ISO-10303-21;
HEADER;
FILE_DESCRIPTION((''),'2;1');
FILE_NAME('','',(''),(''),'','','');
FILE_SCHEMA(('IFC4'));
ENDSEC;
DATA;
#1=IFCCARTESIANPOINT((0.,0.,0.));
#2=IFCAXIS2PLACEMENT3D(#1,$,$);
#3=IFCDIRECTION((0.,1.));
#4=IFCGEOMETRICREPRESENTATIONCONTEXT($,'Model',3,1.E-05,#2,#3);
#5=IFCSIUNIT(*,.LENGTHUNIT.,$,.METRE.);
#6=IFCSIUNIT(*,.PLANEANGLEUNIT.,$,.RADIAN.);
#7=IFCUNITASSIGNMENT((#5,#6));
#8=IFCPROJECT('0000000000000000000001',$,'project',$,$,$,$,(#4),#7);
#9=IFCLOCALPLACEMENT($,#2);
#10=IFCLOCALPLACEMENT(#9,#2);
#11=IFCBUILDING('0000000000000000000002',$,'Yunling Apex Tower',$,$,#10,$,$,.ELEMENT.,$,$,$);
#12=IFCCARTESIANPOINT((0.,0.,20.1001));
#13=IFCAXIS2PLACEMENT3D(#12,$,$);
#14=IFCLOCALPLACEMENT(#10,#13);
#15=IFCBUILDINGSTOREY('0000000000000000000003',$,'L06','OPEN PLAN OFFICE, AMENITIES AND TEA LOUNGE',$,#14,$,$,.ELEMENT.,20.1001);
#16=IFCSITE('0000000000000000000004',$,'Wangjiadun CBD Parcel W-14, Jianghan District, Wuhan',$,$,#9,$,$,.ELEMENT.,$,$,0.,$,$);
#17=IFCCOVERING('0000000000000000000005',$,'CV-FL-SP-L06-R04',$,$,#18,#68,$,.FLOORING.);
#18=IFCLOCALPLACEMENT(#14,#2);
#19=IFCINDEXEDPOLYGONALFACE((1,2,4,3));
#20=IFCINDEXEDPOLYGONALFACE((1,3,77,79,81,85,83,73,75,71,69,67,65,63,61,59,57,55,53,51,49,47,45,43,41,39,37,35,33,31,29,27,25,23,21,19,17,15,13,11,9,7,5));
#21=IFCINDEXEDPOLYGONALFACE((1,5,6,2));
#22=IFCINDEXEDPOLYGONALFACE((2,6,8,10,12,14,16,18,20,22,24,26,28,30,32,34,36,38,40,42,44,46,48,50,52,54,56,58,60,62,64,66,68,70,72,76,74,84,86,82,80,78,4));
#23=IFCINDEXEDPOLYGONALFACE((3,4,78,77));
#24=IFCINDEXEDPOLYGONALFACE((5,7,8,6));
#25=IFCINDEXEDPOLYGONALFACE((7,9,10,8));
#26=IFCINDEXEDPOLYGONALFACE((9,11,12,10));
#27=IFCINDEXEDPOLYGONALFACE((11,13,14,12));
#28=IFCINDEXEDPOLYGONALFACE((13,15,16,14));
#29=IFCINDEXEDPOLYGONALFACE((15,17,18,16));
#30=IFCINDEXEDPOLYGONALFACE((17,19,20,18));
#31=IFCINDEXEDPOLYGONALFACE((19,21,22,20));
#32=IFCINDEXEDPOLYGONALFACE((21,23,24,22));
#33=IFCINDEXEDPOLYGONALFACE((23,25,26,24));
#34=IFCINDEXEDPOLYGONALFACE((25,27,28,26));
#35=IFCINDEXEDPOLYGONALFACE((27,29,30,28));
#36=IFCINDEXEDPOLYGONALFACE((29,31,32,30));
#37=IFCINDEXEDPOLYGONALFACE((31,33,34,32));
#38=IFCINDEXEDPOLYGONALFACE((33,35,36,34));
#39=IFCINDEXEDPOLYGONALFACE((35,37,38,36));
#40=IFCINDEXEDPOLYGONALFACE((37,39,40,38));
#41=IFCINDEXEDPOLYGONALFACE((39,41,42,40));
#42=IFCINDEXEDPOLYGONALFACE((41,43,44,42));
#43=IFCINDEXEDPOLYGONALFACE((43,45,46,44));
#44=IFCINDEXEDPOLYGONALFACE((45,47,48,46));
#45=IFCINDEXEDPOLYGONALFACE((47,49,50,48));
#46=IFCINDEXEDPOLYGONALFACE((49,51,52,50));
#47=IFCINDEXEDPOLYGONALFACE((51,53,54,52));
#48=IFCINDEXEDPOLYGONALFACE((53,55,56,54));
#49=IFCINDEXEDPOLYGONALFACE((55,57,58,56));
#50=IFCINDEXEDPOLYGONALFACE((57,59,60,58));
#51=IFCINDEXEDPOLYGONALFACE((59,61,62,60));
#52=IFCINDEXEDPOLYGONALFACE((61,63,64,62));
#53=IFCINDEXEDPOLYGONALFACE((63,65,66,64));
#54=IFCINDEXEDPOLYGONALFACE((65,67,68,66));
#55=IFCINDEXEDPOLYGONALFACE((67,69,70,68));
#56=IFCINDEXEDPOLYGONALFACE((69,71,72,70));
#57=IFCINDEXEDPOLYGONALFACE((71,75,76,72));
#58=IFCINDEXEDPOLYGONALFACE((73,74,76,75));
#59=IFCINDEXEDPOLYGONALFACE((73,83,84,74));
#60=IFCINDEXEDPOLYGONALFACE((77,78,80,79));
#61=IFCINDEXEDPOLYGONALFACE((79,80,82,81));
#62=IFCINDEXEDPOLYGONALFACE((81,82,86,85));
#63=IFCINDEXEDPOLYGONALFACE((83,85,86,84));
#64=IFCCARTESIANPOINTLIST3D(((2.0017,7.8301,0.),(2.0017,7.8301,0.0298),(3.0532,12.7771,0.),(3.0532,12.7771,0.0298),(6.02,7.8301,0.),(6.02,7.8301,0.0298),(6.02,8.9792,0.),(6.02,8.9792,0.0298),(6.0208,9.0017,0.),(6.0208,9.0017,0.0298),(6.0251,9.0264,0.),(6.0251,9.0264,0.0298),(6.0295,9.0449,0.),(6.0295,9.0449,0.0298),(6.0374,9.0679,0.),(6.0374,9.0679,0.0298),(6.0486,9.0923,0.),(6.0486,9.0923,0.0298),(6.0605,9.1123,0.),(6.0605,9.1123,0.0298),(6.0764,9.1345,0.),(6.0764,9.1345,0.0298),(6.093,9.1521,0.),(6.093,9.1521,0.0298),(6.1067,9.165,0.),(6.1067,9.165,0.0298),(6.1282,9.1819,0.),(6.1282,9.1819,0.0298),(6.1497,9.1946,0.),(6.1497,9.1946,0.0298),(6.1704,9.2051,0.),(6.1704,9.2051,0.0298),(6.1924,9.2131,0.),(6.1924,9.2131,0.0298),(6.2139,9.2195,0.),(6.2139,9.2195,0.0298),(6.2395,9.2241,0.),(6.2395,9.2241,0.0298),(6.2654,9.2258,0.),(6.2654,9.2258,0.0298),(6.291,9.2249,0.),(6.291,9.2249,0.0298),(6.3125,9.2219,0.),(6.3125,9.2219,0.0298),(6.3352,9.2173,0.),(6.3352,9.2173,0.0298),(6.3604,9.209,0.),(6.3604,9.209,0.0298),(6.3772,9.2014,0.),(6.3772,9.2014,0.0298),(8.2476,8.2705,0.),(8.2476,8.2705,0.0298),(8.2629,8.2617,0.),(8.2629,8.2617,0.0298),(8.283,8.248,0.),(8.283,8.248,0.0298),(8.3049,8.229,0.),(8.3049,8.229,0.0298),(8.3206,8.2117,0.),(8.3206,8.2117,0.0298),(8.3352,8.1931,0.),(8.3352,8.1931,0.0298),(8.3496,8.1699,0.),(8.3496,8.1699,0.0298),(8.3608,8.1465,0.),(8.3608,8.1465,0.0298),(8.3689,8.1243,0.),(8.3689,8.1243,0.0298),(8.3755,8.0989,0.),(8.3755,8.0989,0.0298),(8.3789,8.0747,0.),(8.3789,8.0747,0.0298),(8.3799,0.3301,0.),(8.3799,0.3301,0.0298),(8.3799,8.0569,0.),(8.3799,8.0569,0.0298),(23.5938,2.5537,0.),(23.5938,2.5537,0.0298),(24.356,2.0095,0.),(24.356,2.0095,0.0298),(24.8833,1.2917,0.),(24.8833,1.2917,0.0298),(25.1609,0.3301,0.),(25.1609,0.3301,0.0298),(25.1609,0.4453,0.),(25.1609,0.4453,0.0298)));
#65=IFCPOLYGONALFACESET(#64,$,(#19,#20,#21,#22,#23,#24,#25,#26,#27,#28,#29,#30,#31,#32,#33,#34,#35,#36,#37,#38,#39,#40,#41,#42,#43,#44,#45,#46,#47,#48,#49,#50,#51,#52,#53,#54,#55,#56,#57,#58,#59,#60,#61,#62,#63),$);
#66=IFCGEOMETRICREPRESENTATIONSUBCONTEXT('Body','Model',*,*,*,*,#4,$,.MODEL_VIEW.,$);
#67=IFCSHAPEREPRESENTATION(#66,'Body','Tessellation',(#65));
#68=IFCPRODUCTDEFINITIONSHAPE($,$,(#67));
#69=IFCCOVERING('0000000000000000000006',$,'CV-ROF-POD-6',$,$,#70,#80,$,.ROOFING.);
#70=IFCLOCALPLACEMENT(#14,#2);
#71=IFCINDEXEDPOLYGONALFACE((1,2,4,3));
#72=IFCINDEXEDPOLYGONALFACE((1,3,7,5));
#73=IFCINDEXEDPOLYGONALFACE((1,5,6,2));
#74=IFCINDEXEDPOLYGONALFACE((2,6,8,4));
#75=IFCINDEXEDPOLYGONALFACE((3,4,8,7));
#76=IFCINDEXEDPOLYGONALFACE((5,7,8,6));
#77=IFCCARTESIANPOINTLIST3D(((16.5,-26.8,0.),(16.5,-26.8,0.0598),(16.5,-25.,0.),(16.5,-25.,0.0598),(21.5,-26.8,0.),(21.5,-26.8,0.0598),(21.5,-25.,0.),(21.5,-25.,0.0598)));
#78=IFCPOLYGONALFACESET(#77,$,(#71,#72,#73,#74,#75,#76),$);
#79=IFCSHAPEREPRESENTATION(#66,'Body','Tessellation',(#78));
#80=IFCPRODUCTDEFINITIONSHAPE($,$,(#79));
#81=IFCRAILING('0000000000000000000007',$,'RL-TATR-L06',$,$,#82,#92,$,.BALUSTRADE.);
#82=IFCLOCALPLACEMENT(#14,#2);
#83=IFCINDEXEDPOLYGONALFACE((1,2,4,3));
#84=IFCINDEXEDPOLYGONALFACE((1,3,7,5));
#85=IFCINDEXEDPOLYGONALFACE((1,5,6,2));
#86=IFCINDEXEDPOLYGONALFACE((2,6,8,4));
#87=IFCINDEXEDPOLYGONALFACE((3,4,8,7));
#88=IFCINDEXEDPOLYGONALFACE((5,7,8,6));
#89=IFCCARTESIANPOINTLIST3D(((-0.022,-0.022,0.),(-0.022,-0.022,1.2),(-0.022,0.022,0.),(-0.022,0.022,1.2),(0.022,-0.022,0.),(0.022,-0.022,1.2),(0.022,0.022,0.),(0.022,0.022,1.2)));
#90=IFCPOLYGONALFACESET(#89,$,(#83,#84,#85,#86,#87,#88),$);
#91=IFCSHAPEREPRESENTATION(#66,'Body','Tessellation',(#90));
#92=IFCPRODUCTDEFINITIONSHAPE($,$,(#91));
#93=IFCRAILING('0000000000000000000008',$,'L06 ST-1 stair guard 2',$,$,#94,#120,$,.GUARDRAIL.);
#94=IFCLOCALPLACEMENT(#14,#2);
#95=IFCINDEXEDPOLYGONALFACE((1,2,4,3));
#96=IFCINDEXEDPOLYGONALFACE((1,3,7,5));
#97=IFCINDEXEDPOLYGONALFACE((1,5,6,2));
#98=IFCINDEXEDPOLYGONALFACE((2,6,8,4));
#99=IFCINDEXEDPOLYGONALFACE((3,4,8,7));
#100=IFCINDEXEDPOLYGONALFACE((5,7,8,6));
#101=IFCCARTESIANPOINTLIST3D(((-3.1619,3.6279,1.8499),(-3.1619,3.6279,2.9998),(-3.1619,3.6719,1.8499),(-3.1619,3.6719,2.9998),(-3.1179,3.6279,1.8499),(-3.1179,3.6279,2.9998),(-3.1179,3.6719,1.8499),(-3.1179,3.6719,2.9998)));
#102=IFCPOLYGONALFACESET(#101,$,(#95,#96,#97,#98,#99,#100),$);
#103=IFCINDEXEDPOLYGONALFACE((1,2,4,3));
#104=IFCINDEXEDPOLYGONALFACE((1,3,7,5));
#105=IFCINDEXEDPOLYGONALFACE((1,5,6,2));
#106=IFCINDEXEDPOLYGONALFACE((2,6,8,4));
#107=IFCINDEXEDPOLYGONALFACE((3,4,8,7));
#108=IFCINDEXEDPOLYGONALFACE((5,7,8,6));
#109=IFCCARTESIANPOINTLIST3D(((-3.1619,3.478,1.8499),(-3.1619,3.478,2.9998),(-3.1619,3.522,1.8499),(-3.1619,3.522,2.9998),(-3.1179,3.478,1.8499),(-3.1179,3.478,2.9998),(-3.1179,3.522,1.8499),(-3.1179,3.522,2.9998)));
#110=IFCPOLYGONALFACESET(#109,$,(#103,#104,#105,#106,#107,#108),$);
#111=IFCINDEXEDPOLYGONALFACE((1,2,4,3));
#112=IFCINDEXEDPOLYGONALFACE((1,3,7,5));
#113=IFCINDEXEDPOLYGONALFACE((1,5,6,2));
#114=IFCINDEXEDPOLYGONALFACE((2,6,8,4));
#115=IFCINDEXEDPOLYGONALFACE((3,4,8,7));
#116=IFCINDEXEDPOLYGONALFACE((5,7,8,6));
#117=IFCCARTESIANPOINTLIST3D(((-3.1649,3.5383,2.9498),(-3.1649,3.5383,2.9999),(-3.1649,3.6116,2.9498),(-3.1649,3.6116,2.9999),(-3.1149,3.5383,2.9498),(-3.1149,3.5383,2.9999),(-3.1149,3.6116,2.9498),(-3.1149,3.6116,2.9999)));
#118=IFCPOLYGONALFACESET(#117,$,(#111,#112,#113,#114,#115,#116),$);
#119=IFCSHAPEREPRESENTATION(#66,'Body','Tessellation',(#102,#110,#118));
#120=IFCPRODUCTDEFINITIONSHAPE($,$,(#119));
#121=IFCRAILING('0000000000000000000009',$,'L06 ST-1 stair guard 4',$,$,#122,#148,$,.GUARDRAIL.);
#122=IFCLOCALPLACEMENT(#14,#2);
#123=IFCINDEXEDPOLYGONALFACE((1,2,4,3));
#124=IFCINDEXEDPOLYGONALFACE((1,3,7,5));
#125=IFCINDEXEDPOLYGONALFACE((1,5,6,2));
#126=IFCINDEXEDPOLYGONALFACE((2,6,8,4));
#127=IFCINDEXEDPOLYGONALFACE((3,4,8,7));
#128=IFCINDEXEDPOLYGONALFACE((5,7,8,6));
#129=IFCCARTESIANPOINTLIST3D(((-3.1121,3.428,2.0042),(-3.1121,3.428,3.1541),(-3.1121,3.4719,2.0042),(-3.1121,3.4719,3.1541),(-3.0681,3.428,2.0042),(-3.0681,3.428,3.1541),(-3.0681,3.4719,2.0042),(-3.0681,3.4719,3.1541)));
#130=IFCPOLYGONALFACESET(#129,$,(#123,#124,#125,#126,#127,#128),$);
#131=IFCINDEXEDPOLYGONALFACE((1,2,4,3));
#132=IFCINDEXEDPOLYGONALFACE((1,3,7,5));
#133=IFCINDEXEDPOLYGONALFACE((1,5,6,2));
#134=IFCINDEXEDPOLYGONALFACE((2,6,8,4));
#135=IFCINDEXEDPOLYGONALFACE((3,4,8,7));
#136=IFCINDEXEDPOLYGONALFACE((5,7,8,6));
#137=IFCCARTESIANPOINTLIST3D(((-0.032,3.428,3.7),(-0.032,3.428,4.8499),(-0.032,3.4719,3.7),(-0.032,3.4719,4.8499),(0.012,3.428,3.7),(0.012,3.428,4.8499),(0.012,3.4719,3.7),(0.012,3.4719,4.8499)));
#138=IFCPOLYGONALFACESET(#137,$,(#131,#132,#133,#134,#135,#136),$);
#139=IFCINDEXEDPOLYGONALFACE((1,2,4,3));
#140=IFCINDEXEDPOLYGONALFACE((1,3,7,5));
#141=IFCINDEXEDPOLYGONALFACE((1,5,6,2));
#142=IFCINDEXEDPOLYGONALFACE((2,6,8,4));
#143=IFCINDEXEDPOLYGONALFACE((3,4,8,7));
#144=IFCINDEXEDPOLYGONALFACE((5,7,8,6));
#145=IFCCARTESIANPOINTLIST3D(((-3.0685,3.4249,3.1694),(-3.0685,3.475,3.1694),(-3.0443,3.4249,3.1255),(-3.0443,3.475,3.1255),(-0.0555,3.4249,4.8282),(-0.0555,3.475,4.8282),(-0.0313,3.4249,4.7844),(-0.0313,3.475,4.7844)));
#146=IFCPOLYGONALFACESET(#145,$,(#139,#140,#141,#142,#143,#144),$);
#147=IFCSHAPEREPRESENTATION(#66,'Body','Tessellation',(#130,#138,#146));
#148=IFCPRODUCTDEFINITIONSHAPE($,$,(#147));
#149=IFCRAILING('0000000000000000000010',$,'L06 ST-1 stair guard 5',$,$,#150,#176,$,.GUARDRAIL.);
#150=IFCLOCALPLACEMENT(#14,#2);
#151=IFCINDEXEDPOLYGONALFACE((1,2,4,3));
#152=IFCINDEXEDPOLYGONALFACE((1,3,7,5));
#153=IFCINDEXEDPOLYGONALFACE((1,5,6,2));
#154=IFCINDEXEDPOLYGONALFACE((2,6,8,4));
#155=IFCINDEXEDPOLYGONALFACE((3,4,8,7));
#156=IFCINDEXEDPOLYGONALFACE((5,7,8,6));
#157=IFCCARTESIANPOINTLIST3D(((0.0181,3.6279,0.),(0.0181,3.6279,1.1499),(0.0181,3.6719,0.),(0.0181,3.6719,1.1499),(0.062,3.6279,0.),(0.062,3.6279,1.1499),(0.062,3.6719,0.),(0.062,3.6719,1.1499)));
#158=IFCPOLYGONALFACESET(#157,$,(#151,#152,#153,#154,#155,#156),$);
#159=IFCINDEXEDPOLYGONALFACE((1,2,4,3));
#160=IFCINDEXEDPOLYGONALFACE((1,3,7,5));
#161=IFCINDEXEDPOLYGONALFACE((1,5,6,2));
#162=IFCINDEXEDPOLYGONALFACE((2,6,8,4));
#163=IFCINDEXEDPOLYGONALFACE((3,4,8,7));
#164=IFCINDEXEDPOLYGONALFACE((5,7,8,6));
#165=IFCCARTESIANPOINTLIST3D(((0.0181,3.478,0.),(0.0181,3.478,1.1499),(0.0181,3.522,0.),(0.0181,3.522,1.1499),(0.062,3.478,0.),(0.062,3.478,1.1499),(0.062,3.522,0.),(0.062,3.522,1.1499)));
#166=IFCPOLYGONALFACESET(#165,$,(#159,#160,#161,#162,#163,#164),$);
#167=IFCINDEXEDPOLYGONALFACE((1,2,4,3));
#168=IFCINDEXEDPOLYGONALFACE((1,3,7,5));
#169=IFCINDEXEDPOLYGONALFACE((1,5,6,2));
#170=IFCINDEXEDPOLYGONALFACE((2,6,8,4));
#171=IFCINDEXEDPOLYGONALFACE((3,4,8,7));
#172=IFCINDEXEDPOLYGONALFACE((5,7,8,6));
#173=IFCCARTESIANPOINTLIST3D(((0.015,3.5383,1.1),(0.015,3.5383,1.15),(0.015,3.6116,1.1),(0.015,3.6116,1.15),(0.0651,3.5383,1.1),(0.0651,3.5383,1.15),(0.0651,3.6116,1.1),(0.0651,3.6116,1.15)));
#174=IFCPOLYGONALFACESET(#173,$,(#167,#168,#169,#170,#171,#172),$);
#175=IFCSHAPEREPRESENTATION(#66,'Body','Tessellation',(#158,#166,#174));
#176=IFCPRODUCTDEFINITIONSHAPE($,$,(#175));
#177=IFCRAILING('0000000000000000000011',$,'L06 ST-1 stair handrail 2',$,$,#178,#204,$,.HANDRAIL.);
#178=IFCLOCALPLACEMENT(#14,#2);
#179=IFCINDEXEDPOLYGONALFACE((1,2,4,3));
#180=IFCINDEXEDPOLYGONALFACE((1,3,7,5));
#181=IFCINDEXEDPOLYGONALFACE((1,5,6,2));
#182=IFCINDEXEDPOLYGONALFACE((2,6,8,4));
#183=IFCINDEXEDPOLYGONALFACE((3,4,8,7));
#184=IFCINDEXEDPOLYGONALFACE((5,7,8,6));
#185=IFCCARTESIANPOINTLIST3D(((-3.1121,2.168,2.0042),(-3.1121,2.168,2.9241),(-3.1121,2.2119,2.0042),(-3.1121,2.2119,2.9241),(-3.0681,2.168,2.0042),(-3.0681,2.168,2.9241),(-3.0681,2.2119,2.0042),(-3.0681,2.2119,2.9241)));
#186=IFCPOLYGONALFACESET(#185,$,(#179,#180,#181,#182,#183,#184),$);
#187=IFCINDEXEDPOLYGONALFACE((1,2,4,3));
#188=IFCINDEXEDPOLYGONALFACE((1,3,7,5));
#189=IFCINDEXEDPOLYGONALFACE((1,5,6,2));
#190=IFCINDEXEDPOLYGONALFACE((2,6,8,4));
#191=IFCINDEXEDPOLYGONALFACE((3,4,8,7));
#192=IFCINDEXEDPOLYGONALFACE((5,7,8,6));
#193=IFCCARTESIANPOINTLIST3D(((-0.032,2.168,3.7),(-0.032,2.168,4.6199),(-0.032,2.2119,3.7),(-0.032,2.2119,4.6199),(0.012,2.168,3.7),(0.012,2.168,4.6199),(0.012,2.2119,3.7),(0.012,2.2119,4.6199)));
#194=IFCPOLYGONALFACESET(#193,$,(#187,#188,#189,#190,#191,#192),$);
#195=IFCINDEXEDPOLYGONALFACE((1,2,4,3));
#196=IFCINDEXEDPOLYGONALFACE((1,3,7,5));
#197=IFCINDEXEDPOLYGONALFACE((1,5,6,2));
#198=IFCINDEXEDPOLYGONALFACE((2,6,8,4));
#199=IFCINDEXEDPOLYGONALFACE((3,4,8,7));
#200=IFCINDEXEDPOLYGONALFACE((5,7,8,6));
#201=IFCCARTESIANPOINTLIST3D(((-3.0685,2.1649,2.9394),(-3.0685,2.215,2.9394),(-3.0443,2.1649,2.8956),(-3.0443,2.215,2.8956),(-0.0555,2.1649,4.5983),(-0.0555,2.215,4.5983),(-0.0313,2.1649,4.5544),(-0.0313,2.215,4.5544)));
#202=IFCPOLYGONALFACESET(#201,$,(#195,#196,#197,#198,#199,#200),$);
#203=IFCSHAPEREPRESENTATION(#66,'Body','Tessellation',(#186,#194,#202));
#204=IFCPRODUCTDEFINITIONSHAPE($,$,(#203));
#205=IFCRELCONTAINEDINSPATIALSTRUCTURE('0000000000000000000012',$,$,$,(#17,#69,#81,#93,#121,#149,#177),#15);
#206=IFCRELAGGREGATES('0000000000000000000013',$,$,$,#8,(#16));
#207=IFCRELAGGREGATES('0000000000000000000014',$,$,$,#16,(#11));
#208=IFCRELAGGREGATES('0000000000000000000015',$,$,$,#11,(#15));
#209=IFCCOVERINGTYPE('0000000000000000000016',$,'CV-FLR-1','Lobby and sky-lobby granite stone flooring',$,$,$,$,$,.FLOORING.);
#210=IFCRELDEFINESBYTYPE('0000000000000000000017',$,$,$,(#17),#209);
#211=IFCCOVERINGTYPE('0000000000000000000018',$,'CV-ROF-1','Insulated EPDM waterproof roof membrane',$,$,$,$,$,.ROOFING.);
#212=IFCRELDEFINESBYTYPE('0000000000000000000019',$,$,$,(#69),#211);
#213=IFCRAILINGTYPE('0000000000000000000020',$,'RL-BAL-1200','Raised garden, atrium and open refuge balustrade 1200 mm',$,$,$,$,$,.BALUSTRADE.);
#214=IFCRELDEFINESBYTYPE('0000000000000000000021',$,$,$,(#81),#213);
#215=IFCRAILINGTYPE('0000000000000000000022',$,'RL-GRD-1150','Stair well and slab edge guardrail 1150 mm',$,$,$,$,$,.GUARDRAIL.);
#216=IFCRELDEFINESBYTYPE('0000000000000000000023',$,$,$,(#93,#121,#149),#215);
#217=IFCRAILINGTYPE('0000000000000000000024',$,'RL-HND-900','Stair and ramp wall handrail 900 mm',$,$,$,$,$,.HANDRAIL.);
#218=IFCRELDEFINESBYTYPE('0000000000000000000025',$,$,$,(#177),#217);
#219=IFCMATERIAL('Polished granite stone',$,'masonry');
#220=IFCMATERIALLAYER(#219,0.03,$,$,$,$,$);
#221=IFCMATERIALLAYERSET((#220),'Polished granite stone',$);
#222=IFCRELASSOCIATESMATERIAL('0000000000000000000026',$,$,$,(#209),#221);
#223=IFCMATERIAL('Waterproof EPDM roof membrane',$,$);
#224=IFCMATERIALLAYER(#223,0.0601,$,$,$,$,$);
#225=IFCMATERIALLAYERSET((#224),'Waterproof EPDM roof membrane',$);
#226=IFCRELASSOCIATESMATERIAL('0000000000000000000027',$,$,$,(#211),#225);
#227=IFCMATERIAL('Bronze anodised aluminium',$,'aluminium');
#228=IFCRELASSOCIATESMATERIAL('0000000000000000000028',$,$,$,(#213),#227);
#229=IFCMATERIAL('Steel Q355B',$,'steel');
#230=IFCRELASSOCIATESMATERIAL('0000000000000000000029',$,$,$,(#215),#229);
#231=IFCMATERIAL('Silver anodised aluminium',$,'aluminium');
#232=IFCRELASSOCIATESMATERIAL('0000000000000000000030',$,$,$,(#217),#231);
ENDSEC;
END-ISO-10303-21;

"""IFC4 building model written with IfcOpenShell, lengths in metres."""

from ifc_helpers import new_model, si_unit, direction, frame, origin, origin_2d, place, context, subcontext, project, spatial, polyline, rectangle, outline, extrude, material, layer, layer_set, type_object, element, save


model = new_model("IFC4")

# Units and contexts
model_context = context("Model", 3, precision=1e-05, world=origin(), true_north=direction((0.0, 1.0)))
body_context = subcontext(model_context, "Body", "Model", "MODEL_VIEW")
ifc_project = project(units=[si_unit("LENGTHUNIT", "METRE"), si_unit("PLANEANGLEUNIT", "RADIAN")], contexts=[model_context])

# Site, building, storey
site_placement = place(None, origin())
site = spatial("IfcSite", under=ifc_project, at=site_placement, Name="Wangjiadun CBD Parcel W-14, Jianghan District, Wuhan", CompositionType="ELEMENT", RefElevation=0.0)
building_placement = place(site_placement, origin())
building = spatial("IfcBuilding", under=site, at=building_placement, Name="Yunling Apex Tower", CompositionType="ELEMENT")
storey_placement = place(building_placement, frame((0.0, 0.0, 20.1001)))
storey = spatial("IfcBuildingStorey", under=building, at=storey_placement, Name="L06", Description="OPEN PLAN OFFICE, AMENITIES AND TEA LOUNGE", CompositionType="ELEMENT", Elevation=20.1001)

# Shared definitions
ifc_material_1 = material(Name="Steel Q355B", Category="steel")

# Coverings
ifc_material_2 = material(Name="Polished granite stone", Category="masonry")
ifc_layer_1 = layer(ifc_material_2, 0.03)
ifc_layer_set_1 = layer_set([ifc_layer_1], Name="Polished granite stone")
covering_type_1 = type_object("IfcCoveringType", Name="CV-FLR-1", Description="Lobby and sky-lobby granite stone flooring", PredefinedType="FLOORING", material=ifc_layer_set_1)
covering_1_placement = place(storey_placement, origin())
element("IfcCovering", 1, at=covering_1_placement, inside=storey, type_object=covering_type_1, Name="CV-FL-SP-L06-R04", PredefinedType="FLOORING", context=body_context, shape_type="SweptSolid", body=[
    extrude(outline(polyline([(3.0532, 12.7771), (23.5938, 2.5537), (24.356, 2.0095), (24.8833, 1.2917), (25.1609, 0.4453), (25.1609, 0.3301), (8.3799, 0.3301), (8.3799, 8.0569), (8.3789, 8.0747), (8.3755, 8.0989), (8.3689, 8.1243), (8.3608, 8.1465), (8.3496, 8.1699), (8.3352, 8.1931), (8.3206, 8.2117), (8.3049, 8.229), (8.283, 8.248), (8.2629, 8.2617), (8.2476, 8.2705), (6.3772, 9.2014), (6.3604, 9.209), (6.3352, 9.2173), (6.3125, 9.2219), (6.291, 9.2249), (6.2654, 9.2258), (6.2395, 9.2241), (6.2139, 9.2195), (6.1924, 9.2131), (6.1704, 9.2051), (6.1497, 9.1946), (6.1282, 9.1819), (6.1067, 9.165), (6.093, 9.1521), (6.0764, 9.1345), (6.0605, 9.1123), (6.0486, 9.0923), (6.0374, 9.0679), (6.0295, 9.0449), (6.0251, 9.0264), (6.0208, 9.0017), (6.02, 8.9792), (6.02, 7.8301), (2.0017, 7.8301), (3.0532, 12.7771)])), origin(), (0.0, 0.0, 1.0), 0.0298),
])
ifc_material_3 = material(Name="Waterproof EPDM roof membrane")
ifc_layer_2 = layer(ifc_material_3, 0.0601)
ifc_layer_set_2 = layer_set([ifc_layer_2], Name="Waterproof EPDM roof membrane")
covering_type_2 = type_object("IfcCoveringType", Name="CV-ROF-1", Description="Insulated EPDM waterproof roof membrane", PredefinedType="ROOFING", material=ifc_layer_set_2)
covering_2_placement = place(storey_placement, origin())
element("IfcCovering", 2, at=covering_2_placement, inside=storey, type_object=covering_type_2, Name="CV-ROF-POD-6", PredefinedType="ROOFING", context=body_context, shape_type="SweptSolid", body=[
    extrude(outline(polyline([(16.5, -26.8), (21.5, -26.8), (21.5, -25.0), (16.5, -25.0), (16.5, -26.8)])), origin(), (0.0, 0.0, 1.0), 0.0598),
])

# Railings
ifc_material_4 = material(Name="Bronze anodised aluminium", Category="aluminium")
railing_type_1 = type_object("IfcRailingType", Name="RL-BAL-1200", Description="Raised garden, atrium and open refuge balustrade 1200 mm", PredefinedType="BALUSTRADE", material=ifc_material_4)
railing_1_placement = place(storey_placement, origin())
element("IfcRailing", 3, at=railing_1_placement, inside=storey, type_object=railing_type_1, Name="RL-TATR-L06", PredefinedType="BALUSTRADE", context=body_context, shape_type="SweptSolid", body=[
    extrude(rectangle(XDim=0.0439, YDim=0.0439, at=origin_2d()), origin(), (0.0, 0.0, 1.0), 1.2),
])
railing_type_2 = type_object("IfcRailingType", Name="RL-GRD-1150", Description="Stair well and slab edge guardrail 1150 mm", PredefinedType="GUARDRAIL", material=ifc_material_1)
railing_2_placement = place(storey_placement, frame((-3.1399, 3.6499, 1.8499)))
element("IfcRailing", 4, at=railing_2_placement, inside=storey, type_object=railing_type_2, Name="L06 ST-1 stair guard 2", PredefinedType="GUARDRAIL", context=body_context, shape_type="SweptSolid", body=[
    extrude(rectangle(XDim=0.0439, YDim=0.0439, at=origin_2d()), origin(), (0.0, 0.0, 1.0), 1.1499),
    extrude(rectangle(XDim=0.0439, YDim=0.0439, at=origin_2d()), frame((0.0, -0.1499, 0.0)), (0.0, 0.0, 1.0), 1.1499),
    extrude(rectangle(XDim=0.05, YDim=0.05, at=origin_2d()), frame((0.0, -0.0383, 1.125), z_axis=(0.0, -1.0, 0.0), x_axis=(1.0, 0.0, 0.0)), (0.0, 0.0, 1.0), 0.0732),
])
railing_3_placement = place(storey_placement, frame((-3.0901, 3.45, 2.0042)))
element("IfcRailing", 5, at=railing_3_placement, inside=storey, type_object=railing_type_2, Name="L06 ST-1 stair guard 4", PredefinedType="GUARDRAIL", context=body_context, shape_type="SweptSolid", body=[
    extrude(rectangle(XDim=0.0439, YDim=0.0439, at=origin_2d()), origin(), (0.0, 0.0, 1.0), 1.1499),
    extrude(rectangle(XDim=0.0439, YDim=0.0439, at=origin_2d()), frame((3.0801, 0.0, 1.6958)), (0.0, 0.0, 1.0), 1.1499),
    extrude(rectangle(XDim=0.05, YDim=0.05, at=origin_2d()), frame((0.0337, 0.0, 1.1433), z_axis=(0.876005, 0.0, 0.482303), x_axis=(0.0, 1.0, 0.0)), (0.0, 0.0, 1.0), 3.4395),
])
railing_4_placement = place(storey_placement, frame((0.04, 3.6499, 0.0)))
element("IfcRailing", 6, at=railing_4_placement, inside=storey, type_object=railing_type_2, Name="L06 ST-1 stair guard 5", PredefinedType="GUARDRAIL", context=body_context, shape_type="SweptSolid", body=[
    extrude(rectangle(XDim=0.0439, YDim=0.0439, at=origin_2d()), origin(), (0.0, 0.0, 1.0), 1.1499),
    extrude(rectangle(XDim=0.0439, YDim=0.0439, at=origin_2d()), frame((0.0, -0.1499, 0.0)), (0.0, 0.0, 1.0), 1.1499),
    extrude(rectangle(XDim=0.05, YDim=0.05, at=origin_2d()), frame((0.0, -0.0383, 1.125), z_axis=(0.0, -1.0, 0.0), x_axis=(1.0, 0.0, 0.0)), (0.0, 0.0, 1.0), 0.0732),
])
ifc_material_5 = material(Name="Silver anodised aluminium", Category="aluminium")
railing_type_3 = type_object("IfcRailingType", Name="RL-HND-900", Description="Stair and ramp wall handrail 900 mm", PredefinedType="HANDRAIL", material=ifc_material_5)
railing_5_placement = place(storey_placement, frame((-3.0901, 2.1899, 2.0042)))
element("IfcRailing", 7, at=railing_5_placement, inside=storey, type_object=railing_type_3, Name="L06 ST-1 stair handrail 2", PredefinedType="HANDRAIL", context=body_context, shape_type="SweptSolid", body=[
    extrude(rectangle(XDim=0.0439, YDim=0.0439, at=origin_2d()), origin(), (0.0, 0.0, 1.0), 0.9199),
    extrude(rectangle(XDim=0.0439, YDim=0.0439, at=origin_2d()), frame((3.0801, 0.0, 1.6958)), (0.0, 0.0, 1.0), 0.9199),
    extrude(rectangle(XDim=0.05, YDim=0.05, at=origin_2d()), frame((0.0337, 0.0, 0.9133), z_axis=(0.876005, 0.0, 0.482303), x_axis=(0.0, 1.0, 0.0)), (0.0, 0.0, 1.0), 3.4395),
])

save(model, "model.ifc")
